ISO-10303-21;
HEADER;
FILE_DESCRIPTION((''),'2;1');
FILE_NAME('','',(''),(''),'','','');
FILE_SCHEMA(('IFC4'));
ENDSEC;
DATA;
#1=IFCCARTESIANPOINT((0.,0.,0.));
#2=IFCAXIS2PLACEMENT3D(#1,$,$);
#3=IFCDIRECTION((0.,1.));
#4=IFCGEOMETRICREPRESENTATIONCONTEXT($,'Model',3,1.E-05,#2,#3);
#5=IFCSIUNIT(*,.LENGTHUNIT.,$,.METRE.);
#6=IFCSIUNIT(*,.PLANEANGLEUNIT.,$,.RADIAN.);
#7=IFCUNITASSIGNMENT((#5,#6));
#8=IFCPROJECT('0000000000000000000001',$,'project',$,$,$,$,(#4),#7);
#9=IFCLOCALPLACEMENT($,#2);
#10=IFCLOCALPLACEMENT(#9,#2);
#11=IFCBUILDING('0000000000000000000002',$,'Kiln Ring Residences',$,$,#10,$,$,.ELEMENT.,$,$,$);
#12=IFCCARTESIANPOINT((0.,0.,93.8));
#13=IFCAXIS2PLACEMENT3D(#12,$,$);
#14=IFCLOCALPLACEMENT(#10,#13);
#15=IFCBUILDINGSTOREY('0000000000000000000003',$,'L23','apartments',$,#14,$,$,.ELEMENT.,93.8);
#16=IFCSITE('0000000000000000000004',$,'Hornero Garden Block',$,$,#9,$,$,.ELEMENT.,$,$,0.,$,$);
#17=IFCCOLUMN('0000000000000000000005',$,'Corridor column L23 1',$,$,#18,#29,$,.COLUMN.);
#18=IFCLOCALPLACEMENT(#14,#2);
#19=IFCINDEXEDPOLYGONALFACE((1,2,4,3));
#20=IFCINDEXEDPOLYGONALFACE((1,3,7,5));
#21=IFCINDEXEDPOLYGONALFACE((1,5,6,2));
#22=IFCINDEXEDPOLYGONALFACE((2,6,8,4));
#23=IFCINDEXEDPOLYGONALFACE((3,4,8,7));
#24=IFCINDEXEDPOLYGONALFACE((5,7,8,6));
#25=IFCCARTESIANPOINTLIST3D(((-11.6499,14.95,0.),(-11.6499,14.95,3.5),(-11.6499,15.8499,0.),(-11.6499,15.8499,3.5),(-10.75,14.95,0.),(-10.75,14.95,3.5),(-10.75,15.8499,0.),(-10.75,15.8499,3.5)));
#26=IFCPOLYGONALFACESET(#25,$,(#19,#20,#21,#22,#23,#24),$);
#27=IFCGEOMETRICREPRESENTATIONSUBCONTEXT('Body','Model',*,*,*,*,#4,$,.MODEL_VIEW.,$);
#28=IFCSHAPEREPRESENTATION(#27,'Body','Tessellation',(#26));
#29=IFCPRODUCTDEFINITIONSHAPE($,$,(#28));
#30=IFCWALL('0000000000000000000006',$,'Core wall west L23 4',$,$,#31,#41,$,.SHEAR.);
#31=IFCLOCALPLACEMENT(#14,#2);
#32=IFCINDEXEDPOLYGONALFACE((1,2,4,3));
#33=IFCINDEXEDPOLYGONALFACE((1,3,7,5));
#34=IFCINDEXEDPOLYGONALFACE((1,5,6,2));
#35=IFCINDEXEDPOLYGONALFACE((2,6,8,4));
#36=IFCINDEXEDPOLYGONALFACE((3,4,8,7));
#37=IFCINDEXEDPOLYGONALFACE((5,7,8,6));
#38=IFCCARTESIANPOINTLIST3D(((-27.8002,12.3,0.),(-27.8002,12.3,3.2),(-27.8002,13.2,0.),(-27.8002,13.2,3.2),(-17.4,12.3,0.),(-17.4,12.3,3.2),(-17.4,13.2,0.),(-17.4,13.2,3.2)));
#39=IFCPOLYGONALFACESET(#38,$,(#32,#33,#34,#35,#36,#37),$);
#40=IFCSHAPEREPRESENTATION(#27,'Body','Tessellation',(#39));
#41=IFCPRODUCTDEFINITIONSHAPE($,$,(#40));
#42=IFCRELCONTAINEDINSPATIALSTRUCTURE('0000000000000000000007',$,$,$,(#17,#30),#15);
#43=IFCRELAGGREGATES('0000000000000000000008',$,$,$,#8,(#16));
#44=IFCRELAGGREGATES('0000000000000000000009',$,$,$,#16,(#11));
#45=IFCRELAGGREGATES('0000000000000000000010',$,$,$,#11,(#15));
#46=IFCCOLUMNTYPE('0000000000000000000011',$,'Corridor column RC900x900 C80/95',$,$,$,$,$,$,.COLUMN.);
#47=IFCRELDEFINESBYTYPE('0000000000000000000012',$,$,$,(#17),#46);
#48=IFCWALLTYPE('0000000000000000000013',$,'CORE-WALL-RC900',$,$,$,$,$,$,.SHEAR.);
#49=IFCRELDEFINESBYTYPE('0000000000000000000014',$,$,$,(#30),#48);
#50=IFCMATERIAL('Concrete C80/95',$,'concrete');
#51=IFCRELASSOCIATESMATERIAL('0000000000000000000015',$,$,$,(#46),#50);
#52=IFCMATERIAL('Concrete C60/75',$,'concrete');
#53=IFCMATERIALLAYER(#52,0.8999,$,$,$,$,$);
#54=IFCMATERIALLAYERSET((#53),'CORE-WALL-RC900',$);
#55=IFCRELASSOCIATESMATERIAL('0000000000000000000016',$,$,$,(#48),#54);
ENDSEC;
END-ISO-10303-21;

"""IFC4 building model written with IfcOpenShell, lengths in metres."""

from ifc_helpers import new_model, si_unit, direction, frame, frame_2d, origin, origin_2d, place, context, subcontext, project, spatial, rectangle, extrude, material, layer, layer_set, material_profile, profile_set, type_object, element, save


model = new_model("IFC4")

# Units and contexts
model_context = context("Model", 3, precision=1e-05, world=origin(), true_north=direction((0.0, 1.0)))
body_context = subcontext(model_context, "Body", "Model", "MODEL_VIEW")
ifc_project = project(units=[si_unit("LENGTHUNIT", "METRE"), si_unit("PLANEANGLEUNIT", "RADIAN")], contexts=[model_context])

# Site, building, storey
site_placement = place(None, origin())
site = spatial("IfcSite", under=ifc_project, at=site_placement, Name="Hornero Garden Block", CompositionType="ELEMENT", RefElevation=0.0)
building_placement = place(site_placement, origin())
building = spatial("IfcBuilding", under=site, at=building_placement, Name="Kiln Ring Residences", CompositionType="ELEMENT")
storey_placement = place(building_placement, frame((0.0, 0.0, 93.8)))
storey = spatial("IfcBuildingStorey", under=building, at=storey_placement, Name="L23", Description="apartments", CompositionType="ELEMENT", Elevation=93.8)

# Column
ifc_material_1 = material(Name="Concrete C80/95", Category="concrete")
ifc_material_profile = material_profile(ifc_material_1, rectangle(XDim=0.8999, YDim=0.8999, at=origin_2d()), Name="RC900x900")
ifc_profile_set = profile_set([ifc_material_profile], Name="Concrete C80/95")
column_type = type_object("IfcColumnType", Name="Corridor column RC900x900 C80/95", PredefinedType="COLUMN", material=ifc_profile_set)
column_placement = place(storey_placement, frame((-11.2, 15.3999, 0.0), z_axis=(0.0, 0.0, 1.0), x_axis=(1.0, 0.0, 0.0)))
element("IfcColumn", 1, at=column_placement, inside=storey, type_object=column_type, Name="Corridor column L23 1", PredefinedType="COLUMN", context=body_context, shape_type="SweptSolid", body=[
    extrude(rectangle(XDim=0.8999, YDim=0.8999, at=origin_2d()), origin(), (0.0, 0.0, 1.0), 3.5),
])

# Wall
ifc_material_2 = material(Name="Concrete C60/75", Category="concrete")
ifc_layer_1 = layer(ifc_material_2, 0.8999)
ifc_layer_set_1 = layer_set([ifc_layer_1], Name="CORE-WALL-RC900")
wall_type_1 = type_object("IfcWallType", Name="CORE-WALL-RC900", PredefinedType="SHEAR", material=ifc_layer_set_1)
wall_1_placement = place(storey_placement, frame((-17.3999, 12.75, 0.0), z_axis=(0.0, 0.0, 1.0), x_axis=(-1.0, 0.0, 0.0)))
element("IfcWall", 2, at=wall_1_placement, inside=storey, type_object=wall_type_1, Name="Core wall west L23 4", PredefinedType="SHEAR", context=body_context, shape_type="SweptSolid", body=[
    extrude(rectangle(XDim=10.4001, YDim=0.8999, at=frame_2d((5.2002, 0.0))), origin(), (0.0, 0.0, 1.0), 3.2),
])

save(model, "model.ifc")
